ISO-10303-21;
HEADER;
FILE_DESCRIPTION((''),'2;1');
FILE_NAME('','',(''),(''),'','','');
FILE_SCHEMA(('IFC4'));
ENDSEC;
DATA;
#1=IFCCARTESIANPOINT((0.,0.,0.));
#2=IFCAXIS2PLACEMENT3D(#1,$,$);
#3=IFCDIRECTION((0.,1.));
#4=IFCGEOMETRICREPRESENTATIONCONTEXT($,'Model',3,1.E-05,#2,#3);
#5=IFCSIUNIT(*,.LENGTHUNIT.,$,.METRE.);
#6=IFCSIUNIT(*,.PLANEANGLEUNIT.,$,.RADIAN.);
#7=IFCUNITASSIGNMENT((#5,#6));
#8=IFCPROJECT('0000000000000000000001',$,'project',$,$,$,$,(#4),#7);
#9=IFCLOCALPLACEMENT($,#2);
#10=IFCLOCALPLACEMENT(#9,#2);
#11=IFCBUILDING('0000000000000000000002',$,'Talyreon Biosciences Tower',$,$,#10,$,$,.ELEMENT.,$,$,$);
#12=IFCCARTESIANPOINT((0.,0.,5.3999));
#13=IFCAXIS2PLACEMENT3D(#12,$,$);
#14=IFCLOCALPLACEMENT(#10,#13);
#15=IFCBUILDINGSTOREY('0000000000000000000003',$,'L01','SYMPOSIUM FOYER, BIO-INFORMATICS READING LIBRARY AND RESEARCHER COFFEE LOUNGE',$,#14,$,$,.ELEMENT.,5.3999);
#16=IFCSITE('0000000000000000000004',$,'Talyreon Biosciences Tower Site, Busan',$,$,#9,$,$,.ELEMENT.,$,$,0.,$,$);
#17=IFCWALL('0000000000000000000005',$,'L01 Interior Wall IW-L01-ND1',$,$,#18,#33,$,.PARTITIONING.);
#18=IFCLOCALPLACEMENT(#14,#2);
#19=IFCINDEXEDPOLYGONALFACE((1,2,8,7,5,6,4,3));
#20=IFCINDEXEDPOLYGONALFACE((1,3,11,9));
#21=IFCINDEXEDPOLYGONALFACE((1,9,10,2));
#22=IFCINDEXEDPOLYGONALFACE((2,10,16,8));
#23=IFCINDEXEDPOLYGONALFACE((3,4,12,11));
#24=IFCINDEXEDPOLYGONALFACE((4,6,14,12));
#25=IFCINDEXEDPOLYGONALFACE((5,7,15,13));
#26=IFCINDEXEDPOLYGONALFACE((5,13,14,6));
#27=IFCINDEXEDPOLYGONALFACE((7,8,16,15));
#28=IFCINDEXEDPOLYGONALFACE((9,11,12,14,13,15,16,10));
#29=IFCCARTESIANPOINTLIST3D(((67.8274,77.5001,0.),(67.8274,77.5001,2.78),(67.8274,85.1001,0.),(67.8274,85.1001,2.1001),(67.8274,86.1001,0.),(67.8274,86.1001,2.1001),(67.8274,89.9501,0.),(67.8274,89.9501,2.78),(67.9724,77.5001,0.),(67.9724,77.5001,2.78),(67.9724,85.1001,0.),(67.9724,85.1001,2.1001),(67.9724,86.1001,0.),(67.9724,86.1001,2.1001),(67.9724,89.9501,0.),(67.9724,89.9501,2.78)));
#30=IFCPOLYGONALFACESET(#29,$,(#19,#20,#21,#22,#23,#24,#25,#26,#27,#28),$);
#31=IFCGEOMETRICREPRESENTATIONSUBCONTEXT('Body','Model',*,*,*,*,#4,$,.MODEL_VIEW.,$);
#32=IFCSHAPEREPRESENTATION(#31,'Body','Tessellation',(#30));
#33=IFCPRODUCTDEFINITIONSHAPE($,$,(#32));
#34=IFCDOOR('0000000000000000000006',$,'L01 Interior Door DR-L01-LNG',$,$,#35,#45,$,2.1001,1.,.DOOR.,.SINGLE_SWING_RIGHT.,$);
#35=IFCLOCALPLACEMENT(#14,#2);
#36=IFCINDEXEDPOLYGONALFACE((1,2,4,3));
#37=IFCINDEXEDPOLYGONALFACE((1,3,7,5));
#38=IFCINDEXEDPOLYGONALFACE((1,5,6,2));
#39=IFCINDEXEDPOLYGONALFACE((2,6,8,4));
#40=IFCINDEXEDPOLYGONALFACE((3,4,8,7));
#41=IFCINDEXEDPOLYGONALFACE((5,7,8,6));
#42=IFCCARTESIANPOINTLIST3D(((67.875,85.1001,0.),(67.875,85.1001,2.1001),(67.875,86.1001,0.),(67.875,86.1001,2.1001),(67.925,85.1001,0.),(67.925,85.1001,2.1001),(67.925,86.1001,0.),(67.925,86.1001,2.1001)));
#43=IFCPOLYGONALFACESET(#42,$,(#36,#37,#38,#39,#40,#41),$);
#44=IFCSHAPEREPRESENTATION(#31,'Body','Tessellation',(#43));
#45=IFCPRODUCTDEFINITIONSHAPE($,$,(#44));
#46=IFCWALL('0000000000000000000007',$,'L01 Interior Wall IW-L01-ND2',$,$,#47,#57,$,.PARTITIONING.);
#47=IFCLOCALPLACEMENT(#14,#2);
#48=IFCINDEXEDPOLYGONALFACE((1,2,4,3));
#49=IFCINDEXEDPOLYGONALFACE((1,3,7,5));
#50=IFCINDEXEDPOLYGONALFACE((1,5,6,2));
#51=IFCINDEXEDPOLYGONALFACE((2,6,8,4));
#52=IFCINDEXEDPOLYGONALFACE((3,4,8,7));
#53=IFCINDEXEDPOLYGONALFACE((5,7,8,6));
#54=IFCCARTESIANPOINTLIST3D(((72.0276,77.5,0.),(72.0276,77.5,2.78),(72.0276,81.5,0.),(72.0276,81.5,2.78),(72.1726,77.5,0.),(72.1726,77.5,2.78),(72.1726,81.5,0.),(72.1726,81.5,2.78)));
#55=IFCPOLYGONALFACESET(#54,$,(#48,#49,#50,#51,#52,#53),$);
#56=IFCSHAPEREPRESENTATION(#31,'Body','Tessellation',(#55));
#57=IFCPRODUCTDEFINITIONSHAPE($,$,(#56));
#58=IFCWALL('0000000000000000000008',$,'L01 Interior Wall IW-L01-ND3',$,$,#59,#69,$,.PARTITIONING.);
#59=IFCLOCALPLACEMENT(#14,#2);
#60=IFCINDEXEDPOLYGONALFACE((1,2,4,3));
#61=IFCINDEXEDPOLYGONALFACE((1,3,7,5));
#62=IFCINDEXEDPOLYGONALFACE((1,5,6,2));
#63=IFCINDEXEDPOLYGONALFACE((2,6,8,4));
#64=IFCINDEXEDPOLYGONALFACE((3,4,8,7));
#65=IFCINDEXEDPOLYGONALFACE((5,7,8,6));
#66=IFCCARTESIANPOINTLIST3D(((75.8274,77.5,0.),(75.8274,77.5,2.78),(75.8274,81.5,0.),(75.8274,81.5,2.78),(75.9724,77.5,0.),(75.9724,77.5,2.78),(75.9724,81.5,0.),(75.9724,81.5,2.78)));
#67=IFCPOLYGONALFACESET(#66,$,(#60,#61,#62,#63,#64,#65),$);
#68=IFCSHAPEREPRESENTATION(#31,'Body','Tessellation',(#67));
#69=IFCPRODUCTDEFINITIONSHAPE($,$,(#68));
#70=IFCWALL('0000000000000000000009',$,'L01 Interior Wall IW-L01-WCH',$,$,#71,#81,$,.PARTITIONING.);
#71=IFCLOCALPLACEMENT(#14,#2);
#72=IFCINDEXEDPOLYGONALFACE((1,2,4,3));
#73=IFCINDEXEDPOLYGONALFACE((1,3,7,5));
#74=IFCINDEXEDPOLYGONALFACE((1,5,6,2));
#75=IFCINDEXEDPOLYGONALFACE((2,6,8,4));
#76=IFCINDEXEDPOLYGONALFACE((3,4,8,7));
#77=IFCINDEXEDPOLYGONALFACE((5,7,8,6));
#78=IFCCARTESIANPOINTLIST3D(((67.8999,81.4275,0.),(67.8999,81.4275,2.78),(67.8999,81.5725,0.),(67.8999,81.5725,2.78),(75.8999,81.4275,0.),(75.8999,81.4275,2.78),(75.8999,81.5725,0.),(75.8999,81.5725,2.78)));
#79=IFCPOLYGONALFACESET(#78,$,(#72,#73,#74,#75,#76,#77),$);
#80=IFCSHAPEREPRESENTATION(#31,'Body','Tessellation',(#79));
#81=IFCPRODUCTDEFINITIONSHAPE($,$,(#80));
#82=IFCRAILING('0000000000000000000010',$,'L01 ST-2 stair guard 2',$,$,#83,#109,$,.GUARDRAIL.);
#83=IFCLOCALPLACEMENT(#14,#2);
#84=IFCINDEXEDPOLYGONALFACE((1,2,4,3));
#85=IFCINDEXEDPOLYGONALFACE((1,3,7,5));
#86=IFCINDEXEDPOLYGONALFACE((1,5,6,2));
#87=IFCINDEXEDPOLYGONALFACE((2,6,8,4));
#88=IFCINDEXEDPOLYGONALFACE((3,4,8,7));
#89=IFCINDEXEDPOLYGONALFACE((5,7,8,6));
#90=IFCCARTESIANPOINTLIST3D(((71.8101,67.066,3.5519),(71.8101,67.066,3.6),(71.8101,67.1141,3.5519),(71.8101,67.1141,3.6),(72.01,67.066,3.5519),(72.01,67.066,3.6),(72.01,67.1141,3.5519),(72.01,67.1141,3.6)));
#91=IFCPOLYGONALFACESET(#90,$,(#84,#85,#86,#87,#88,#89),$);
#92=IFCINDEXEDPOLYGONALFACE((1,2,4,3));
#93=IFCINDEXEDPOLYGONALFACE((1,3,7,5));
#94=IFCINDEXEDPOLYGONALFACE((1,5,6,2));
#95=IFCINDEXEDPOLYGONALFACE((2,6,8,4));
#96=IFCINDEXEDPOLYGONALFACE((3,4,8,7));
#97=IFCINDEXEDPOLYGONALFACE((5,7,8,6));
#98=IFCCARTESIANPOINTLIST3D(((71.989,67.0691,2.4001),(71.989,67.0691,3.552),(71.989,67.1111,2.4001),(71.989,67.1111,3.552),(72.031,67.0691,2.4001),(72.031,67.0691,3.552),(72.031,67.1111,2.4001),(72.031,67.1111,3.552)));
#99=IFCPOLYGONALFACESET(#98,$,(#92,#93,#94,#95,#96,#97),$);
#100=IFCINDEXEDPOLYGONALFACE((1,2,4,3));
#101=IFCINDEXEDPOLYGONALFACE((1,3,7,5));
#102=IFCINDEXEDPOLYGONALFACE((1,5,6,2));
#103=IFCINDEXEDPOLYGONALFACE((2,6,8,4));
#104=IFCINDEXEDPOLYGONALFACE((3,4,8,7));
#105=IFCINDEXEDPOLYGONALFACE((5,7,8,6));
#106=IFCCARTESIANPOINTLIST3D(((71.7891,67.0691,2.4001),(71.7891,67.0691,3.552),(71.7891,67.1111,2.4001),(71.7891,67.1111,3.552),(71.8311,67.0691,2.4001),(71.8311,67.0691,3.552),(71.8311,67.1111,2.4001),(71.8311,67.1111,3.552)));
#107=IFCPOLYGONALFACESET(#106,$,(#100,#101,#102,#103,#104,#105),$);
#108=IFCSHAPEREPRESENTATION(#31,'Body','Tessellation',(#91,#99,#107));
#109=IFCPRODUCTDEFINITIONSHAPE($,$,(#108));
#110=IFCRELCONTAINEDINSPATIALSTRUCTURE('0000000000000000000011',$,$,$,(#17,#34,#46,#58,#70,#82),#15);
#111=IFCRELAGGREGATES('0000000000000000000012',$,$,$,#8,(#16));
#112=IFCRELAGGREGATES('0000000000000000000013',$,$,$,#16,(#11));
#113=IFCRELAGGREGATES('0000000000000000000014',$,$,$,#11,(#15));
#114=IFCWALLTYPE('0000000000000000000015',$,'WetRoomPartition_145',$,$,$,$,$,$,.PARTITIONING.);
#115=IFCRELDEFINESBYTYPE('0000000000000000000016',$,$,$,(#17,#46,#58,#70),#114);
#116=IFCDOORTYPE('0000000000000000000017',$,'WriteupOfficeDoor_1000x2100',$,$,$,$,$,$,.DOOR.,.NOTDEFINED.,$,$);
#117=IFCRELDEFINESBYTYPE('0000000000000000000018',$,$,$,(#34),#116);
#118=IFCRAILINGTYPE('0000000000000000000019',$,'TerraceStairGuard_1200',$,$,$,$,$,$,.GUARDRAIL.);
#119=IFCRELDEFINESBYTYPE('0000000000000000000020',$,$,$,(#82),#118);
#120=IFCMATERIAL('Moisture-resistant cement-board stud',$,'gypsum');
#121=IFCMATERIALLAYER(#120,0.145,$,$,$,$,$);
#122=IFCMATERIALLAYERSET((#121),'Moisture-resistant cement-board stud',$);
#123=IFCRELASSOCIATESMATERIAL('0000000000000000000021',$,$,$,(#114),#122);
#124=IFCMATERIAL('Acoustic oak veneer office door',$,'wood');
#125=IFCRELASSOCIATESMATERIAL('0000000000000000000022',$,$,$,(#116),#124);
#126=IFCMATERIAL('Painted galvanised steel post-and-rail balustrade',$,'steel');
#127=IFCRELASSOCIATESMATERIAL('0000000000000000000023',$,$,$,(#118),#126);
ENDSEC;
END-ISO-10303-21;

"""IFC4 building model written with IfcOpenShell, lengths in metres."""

from ifc_helpers import new_model, si_unit, direction, frame, frame_2d, origin, origin_2d, place, context, subcontext, project, spatial, rectangle, extrude, material, layer, layer_set, type_object, element, fill, save


model = new_model("IFC4")

# Units and contexts
model_context = context("Model", 3, precision=1e-05, world=origin(), true_north=direction((0.0, 1.0)))
body_context = subcontext(model_context, "Body", "Model", "MODEL_VIEW")
ifc_project = project(units=[si_unit("LENGTHUNIT", "METRE"), si_unit("PLANEANGLEUNIT", "RADIAN")], contexts=[model_context])

# Site, building, storey
site_placement = place(None, origin())
site = spatial("IfcSite", under=ifc_project, at=site_placement, Name="Talyreon Biosciences Tower Site, Busan", CompositionType="ELEMENT", RefElevation=0.0)
building_placement = place(site_placement, origin())
building = spatial("IfcBuilding", under=site, at=building_placement, Name="Talyreon Biosciences Tower", CompositionType="ELEMENT")
storey_placement = place(building_placement, frame((0.0, 0.0, 5.3999)))
storey = spatial("IfcBuildingStorey", under=building, at=storey_placement, Name="L01", Description="SYMPOSIUM FOYER, BIO-INFORMATICS READING LIBRARY AND RESEARCHER COFFEE LOUNGE", CompositionType="ELEMENT", Elevation=5.3999)

# Wall, opening, door
ifc_material_1 = material(Name="Moisture-resistant cement-board stud", Category="gypsum")
ifc_layer_1 = layer(ifc_material_1, 0.145)
ifc_layer_set_1 = layer_set([ifc_layer_1], Name="Moisture-resistant cement-board stud")
wall_type_1 = type_object("IfcWallType", Name="WetRoomPartition_145", PredefinedType="PARTITIONING", material=ifc_layer_set_1)
wall_1_placement = place(storey_placement, frame((67.8999, 77.5, 0.0), z_axis=(0.0, 0.0, 1.0), x_axis=(0.0, 1.0, 0.0)))
wall_1 = element("IfcWall", 1, at=wall_1_placement, inside=storey, type_object=wall_type_1, Name="L01 Interior Wall IW-L01-ND1", PredefinedType="PARTITIONING", context=body_context, shape_type="SweptSolid", body=[
    extrude(rectangle(XDim=12.45, YDim=0.145, at=frame_2d((6.2251, 0.0))), origin(), (0.0, 0.0, 1.0), 2.78),
])
opening_placement = place(wall_1_placement, frame((7.6001, 0.0, 0.0)))
opening = element("IfcOpeningElement", 2, at=opening_placement, cuts=wall_1, PredefinedType="OPENING", context=body_context, shape_type="SweptSolid", body=[
    extrude(rectangle(XDim=1.0, YDim=2.1001, at=frame_2d((0.5, 1.05))), frame((0.0, 0.0825, 0.0), z_axis=(0.0, -1.0, 0.0), x_axis=(1.0, 0.0, 0.0)), (0.0, 0.0, 1.0), 0.165),
])
ifc_material_2 = material(Name="Acoustic oak veneer office door", Category="wood")
door_type = type_object("IfcDoorType", Name="WriteupOfficeDoor_1000x2100", OperationType="NOTDEFINED", PredefinedType="DOOR", material=ifc_material_2)
door_placement = place(opening_placement, origin())
door = element("IfcDoor", 3, at=door_placement, inside=storey, type_object=door_type, Name="L01 Interior Door DR-L01-LNG", OperationType="SINGLE_SWING_RIGHT", OverallHeight=2.1001, OverallWidth=1.0, PredefinedType="DOOR", context=body_context, shape_type="SweptSolid", body=[
    extrude(rectangle(XDim=1.0, YDim=2.1001, at=frame_2d((0.5, 1.05))), frame((0.0, 0.0249, 0.0), z_axis=(0.0, -1.0, 0.0), x_axis=(1.0, 0.0, 0.0)), (0.0, 0.0, 1.0), 0.05),
])
fill(opening, door)

# Walls
for number, where, z_axis, x_axis, name in (
    (4, (72.1001, 77.5, 0.0), (0.0, 0.0, 1.0), (0.0, 1.0, 0.0), "L01 Interior Wall IW-L01-ND2"),
    (5, (75.8999, 77.5, 0.0), (0.0, 0.0, 1.0), (0.0, 1.0, 0.0), "L01 Interior Wall IW-L01-ND3"),
):
    element("IfcWall", number, at=place(storey_placement, frame(where, z_axis=z_axis, x_axis=x_axis)), inside=storey, type_object=wall_type_1, Name=name, PredefinedType="PARTITIONING", context=body_context, shape_type="SweptSolid", body=[
        extrude(rectangle(XDim=4.0, YDim=0.145, at=frame_2d((2.0, 0.0))), origin(), (0.0, 0.0, 1.0), 2.78),
    ])
wall_2_placement = place(storey_placement, frame((67.8999, 81.5, 0.0), z_axis=(0.0, 0.0, 1.0), x_axis=(1.0, 0.0, 0.0)))
element("IfcWall", 6, at=wall_2_placement, inside=storey, type_object=wall_type_1, Name="L01 Interior Wall IW-L01-WCH", PredefinedType="PARTITIONING", context=body_context, shape_type="SweptSolid", body=[
    extrude(rectangle(XDim=8.0, YDim=0.145, at=frame_2d((4.0, 0.0))), origin(), (0.0, 0.0, 1.0), 2.78),
])

# Railing
ifc_material_3 = material(Name="Painted galvanised steel post-and-rail balustrade", Category="steel")
railing_type = type_object("IfcRailingType", Name="TerraceStairGuard_1200", PredefinedType="GUARDRAIL", material=ifc_material_3)
railing_placement = place(storey_placement, frame((72.01, 67.0901, 2.4001)))
element("IfcRailing", 7, at=railing_placement, inside=storey, type_object=railing_type, Name="L01 ST-2 stair guard 2", PredefinedType="GUARDRAIL", context=body_context, shape_type="SweptSolid", body=[
    extrude(rectangle(XDim=0.0481, YDim=0.0481, at=origin_2d()), frame((0.0, 0.0, 1.1758), z_axis=(-1.0, 0.0, 0.0), x_axis=(0.0, -1.0, 0.0)), (0.0, 0.0, 1.0), 0.2),
    extrude(rectangle(XDim=0.042, YDim=0.042, at=origin_2d()), origin(), (0.0, 0.0, 1.0), 1.1519),
    extrude(rectangle(XDim=0.042, YDim=0.042, at=origin_2d()), frame((-0.2, 0.0, 0.0)), (0.0, 0.0, 1.0), 1.1519),
])

save(model, "model.ifc")
